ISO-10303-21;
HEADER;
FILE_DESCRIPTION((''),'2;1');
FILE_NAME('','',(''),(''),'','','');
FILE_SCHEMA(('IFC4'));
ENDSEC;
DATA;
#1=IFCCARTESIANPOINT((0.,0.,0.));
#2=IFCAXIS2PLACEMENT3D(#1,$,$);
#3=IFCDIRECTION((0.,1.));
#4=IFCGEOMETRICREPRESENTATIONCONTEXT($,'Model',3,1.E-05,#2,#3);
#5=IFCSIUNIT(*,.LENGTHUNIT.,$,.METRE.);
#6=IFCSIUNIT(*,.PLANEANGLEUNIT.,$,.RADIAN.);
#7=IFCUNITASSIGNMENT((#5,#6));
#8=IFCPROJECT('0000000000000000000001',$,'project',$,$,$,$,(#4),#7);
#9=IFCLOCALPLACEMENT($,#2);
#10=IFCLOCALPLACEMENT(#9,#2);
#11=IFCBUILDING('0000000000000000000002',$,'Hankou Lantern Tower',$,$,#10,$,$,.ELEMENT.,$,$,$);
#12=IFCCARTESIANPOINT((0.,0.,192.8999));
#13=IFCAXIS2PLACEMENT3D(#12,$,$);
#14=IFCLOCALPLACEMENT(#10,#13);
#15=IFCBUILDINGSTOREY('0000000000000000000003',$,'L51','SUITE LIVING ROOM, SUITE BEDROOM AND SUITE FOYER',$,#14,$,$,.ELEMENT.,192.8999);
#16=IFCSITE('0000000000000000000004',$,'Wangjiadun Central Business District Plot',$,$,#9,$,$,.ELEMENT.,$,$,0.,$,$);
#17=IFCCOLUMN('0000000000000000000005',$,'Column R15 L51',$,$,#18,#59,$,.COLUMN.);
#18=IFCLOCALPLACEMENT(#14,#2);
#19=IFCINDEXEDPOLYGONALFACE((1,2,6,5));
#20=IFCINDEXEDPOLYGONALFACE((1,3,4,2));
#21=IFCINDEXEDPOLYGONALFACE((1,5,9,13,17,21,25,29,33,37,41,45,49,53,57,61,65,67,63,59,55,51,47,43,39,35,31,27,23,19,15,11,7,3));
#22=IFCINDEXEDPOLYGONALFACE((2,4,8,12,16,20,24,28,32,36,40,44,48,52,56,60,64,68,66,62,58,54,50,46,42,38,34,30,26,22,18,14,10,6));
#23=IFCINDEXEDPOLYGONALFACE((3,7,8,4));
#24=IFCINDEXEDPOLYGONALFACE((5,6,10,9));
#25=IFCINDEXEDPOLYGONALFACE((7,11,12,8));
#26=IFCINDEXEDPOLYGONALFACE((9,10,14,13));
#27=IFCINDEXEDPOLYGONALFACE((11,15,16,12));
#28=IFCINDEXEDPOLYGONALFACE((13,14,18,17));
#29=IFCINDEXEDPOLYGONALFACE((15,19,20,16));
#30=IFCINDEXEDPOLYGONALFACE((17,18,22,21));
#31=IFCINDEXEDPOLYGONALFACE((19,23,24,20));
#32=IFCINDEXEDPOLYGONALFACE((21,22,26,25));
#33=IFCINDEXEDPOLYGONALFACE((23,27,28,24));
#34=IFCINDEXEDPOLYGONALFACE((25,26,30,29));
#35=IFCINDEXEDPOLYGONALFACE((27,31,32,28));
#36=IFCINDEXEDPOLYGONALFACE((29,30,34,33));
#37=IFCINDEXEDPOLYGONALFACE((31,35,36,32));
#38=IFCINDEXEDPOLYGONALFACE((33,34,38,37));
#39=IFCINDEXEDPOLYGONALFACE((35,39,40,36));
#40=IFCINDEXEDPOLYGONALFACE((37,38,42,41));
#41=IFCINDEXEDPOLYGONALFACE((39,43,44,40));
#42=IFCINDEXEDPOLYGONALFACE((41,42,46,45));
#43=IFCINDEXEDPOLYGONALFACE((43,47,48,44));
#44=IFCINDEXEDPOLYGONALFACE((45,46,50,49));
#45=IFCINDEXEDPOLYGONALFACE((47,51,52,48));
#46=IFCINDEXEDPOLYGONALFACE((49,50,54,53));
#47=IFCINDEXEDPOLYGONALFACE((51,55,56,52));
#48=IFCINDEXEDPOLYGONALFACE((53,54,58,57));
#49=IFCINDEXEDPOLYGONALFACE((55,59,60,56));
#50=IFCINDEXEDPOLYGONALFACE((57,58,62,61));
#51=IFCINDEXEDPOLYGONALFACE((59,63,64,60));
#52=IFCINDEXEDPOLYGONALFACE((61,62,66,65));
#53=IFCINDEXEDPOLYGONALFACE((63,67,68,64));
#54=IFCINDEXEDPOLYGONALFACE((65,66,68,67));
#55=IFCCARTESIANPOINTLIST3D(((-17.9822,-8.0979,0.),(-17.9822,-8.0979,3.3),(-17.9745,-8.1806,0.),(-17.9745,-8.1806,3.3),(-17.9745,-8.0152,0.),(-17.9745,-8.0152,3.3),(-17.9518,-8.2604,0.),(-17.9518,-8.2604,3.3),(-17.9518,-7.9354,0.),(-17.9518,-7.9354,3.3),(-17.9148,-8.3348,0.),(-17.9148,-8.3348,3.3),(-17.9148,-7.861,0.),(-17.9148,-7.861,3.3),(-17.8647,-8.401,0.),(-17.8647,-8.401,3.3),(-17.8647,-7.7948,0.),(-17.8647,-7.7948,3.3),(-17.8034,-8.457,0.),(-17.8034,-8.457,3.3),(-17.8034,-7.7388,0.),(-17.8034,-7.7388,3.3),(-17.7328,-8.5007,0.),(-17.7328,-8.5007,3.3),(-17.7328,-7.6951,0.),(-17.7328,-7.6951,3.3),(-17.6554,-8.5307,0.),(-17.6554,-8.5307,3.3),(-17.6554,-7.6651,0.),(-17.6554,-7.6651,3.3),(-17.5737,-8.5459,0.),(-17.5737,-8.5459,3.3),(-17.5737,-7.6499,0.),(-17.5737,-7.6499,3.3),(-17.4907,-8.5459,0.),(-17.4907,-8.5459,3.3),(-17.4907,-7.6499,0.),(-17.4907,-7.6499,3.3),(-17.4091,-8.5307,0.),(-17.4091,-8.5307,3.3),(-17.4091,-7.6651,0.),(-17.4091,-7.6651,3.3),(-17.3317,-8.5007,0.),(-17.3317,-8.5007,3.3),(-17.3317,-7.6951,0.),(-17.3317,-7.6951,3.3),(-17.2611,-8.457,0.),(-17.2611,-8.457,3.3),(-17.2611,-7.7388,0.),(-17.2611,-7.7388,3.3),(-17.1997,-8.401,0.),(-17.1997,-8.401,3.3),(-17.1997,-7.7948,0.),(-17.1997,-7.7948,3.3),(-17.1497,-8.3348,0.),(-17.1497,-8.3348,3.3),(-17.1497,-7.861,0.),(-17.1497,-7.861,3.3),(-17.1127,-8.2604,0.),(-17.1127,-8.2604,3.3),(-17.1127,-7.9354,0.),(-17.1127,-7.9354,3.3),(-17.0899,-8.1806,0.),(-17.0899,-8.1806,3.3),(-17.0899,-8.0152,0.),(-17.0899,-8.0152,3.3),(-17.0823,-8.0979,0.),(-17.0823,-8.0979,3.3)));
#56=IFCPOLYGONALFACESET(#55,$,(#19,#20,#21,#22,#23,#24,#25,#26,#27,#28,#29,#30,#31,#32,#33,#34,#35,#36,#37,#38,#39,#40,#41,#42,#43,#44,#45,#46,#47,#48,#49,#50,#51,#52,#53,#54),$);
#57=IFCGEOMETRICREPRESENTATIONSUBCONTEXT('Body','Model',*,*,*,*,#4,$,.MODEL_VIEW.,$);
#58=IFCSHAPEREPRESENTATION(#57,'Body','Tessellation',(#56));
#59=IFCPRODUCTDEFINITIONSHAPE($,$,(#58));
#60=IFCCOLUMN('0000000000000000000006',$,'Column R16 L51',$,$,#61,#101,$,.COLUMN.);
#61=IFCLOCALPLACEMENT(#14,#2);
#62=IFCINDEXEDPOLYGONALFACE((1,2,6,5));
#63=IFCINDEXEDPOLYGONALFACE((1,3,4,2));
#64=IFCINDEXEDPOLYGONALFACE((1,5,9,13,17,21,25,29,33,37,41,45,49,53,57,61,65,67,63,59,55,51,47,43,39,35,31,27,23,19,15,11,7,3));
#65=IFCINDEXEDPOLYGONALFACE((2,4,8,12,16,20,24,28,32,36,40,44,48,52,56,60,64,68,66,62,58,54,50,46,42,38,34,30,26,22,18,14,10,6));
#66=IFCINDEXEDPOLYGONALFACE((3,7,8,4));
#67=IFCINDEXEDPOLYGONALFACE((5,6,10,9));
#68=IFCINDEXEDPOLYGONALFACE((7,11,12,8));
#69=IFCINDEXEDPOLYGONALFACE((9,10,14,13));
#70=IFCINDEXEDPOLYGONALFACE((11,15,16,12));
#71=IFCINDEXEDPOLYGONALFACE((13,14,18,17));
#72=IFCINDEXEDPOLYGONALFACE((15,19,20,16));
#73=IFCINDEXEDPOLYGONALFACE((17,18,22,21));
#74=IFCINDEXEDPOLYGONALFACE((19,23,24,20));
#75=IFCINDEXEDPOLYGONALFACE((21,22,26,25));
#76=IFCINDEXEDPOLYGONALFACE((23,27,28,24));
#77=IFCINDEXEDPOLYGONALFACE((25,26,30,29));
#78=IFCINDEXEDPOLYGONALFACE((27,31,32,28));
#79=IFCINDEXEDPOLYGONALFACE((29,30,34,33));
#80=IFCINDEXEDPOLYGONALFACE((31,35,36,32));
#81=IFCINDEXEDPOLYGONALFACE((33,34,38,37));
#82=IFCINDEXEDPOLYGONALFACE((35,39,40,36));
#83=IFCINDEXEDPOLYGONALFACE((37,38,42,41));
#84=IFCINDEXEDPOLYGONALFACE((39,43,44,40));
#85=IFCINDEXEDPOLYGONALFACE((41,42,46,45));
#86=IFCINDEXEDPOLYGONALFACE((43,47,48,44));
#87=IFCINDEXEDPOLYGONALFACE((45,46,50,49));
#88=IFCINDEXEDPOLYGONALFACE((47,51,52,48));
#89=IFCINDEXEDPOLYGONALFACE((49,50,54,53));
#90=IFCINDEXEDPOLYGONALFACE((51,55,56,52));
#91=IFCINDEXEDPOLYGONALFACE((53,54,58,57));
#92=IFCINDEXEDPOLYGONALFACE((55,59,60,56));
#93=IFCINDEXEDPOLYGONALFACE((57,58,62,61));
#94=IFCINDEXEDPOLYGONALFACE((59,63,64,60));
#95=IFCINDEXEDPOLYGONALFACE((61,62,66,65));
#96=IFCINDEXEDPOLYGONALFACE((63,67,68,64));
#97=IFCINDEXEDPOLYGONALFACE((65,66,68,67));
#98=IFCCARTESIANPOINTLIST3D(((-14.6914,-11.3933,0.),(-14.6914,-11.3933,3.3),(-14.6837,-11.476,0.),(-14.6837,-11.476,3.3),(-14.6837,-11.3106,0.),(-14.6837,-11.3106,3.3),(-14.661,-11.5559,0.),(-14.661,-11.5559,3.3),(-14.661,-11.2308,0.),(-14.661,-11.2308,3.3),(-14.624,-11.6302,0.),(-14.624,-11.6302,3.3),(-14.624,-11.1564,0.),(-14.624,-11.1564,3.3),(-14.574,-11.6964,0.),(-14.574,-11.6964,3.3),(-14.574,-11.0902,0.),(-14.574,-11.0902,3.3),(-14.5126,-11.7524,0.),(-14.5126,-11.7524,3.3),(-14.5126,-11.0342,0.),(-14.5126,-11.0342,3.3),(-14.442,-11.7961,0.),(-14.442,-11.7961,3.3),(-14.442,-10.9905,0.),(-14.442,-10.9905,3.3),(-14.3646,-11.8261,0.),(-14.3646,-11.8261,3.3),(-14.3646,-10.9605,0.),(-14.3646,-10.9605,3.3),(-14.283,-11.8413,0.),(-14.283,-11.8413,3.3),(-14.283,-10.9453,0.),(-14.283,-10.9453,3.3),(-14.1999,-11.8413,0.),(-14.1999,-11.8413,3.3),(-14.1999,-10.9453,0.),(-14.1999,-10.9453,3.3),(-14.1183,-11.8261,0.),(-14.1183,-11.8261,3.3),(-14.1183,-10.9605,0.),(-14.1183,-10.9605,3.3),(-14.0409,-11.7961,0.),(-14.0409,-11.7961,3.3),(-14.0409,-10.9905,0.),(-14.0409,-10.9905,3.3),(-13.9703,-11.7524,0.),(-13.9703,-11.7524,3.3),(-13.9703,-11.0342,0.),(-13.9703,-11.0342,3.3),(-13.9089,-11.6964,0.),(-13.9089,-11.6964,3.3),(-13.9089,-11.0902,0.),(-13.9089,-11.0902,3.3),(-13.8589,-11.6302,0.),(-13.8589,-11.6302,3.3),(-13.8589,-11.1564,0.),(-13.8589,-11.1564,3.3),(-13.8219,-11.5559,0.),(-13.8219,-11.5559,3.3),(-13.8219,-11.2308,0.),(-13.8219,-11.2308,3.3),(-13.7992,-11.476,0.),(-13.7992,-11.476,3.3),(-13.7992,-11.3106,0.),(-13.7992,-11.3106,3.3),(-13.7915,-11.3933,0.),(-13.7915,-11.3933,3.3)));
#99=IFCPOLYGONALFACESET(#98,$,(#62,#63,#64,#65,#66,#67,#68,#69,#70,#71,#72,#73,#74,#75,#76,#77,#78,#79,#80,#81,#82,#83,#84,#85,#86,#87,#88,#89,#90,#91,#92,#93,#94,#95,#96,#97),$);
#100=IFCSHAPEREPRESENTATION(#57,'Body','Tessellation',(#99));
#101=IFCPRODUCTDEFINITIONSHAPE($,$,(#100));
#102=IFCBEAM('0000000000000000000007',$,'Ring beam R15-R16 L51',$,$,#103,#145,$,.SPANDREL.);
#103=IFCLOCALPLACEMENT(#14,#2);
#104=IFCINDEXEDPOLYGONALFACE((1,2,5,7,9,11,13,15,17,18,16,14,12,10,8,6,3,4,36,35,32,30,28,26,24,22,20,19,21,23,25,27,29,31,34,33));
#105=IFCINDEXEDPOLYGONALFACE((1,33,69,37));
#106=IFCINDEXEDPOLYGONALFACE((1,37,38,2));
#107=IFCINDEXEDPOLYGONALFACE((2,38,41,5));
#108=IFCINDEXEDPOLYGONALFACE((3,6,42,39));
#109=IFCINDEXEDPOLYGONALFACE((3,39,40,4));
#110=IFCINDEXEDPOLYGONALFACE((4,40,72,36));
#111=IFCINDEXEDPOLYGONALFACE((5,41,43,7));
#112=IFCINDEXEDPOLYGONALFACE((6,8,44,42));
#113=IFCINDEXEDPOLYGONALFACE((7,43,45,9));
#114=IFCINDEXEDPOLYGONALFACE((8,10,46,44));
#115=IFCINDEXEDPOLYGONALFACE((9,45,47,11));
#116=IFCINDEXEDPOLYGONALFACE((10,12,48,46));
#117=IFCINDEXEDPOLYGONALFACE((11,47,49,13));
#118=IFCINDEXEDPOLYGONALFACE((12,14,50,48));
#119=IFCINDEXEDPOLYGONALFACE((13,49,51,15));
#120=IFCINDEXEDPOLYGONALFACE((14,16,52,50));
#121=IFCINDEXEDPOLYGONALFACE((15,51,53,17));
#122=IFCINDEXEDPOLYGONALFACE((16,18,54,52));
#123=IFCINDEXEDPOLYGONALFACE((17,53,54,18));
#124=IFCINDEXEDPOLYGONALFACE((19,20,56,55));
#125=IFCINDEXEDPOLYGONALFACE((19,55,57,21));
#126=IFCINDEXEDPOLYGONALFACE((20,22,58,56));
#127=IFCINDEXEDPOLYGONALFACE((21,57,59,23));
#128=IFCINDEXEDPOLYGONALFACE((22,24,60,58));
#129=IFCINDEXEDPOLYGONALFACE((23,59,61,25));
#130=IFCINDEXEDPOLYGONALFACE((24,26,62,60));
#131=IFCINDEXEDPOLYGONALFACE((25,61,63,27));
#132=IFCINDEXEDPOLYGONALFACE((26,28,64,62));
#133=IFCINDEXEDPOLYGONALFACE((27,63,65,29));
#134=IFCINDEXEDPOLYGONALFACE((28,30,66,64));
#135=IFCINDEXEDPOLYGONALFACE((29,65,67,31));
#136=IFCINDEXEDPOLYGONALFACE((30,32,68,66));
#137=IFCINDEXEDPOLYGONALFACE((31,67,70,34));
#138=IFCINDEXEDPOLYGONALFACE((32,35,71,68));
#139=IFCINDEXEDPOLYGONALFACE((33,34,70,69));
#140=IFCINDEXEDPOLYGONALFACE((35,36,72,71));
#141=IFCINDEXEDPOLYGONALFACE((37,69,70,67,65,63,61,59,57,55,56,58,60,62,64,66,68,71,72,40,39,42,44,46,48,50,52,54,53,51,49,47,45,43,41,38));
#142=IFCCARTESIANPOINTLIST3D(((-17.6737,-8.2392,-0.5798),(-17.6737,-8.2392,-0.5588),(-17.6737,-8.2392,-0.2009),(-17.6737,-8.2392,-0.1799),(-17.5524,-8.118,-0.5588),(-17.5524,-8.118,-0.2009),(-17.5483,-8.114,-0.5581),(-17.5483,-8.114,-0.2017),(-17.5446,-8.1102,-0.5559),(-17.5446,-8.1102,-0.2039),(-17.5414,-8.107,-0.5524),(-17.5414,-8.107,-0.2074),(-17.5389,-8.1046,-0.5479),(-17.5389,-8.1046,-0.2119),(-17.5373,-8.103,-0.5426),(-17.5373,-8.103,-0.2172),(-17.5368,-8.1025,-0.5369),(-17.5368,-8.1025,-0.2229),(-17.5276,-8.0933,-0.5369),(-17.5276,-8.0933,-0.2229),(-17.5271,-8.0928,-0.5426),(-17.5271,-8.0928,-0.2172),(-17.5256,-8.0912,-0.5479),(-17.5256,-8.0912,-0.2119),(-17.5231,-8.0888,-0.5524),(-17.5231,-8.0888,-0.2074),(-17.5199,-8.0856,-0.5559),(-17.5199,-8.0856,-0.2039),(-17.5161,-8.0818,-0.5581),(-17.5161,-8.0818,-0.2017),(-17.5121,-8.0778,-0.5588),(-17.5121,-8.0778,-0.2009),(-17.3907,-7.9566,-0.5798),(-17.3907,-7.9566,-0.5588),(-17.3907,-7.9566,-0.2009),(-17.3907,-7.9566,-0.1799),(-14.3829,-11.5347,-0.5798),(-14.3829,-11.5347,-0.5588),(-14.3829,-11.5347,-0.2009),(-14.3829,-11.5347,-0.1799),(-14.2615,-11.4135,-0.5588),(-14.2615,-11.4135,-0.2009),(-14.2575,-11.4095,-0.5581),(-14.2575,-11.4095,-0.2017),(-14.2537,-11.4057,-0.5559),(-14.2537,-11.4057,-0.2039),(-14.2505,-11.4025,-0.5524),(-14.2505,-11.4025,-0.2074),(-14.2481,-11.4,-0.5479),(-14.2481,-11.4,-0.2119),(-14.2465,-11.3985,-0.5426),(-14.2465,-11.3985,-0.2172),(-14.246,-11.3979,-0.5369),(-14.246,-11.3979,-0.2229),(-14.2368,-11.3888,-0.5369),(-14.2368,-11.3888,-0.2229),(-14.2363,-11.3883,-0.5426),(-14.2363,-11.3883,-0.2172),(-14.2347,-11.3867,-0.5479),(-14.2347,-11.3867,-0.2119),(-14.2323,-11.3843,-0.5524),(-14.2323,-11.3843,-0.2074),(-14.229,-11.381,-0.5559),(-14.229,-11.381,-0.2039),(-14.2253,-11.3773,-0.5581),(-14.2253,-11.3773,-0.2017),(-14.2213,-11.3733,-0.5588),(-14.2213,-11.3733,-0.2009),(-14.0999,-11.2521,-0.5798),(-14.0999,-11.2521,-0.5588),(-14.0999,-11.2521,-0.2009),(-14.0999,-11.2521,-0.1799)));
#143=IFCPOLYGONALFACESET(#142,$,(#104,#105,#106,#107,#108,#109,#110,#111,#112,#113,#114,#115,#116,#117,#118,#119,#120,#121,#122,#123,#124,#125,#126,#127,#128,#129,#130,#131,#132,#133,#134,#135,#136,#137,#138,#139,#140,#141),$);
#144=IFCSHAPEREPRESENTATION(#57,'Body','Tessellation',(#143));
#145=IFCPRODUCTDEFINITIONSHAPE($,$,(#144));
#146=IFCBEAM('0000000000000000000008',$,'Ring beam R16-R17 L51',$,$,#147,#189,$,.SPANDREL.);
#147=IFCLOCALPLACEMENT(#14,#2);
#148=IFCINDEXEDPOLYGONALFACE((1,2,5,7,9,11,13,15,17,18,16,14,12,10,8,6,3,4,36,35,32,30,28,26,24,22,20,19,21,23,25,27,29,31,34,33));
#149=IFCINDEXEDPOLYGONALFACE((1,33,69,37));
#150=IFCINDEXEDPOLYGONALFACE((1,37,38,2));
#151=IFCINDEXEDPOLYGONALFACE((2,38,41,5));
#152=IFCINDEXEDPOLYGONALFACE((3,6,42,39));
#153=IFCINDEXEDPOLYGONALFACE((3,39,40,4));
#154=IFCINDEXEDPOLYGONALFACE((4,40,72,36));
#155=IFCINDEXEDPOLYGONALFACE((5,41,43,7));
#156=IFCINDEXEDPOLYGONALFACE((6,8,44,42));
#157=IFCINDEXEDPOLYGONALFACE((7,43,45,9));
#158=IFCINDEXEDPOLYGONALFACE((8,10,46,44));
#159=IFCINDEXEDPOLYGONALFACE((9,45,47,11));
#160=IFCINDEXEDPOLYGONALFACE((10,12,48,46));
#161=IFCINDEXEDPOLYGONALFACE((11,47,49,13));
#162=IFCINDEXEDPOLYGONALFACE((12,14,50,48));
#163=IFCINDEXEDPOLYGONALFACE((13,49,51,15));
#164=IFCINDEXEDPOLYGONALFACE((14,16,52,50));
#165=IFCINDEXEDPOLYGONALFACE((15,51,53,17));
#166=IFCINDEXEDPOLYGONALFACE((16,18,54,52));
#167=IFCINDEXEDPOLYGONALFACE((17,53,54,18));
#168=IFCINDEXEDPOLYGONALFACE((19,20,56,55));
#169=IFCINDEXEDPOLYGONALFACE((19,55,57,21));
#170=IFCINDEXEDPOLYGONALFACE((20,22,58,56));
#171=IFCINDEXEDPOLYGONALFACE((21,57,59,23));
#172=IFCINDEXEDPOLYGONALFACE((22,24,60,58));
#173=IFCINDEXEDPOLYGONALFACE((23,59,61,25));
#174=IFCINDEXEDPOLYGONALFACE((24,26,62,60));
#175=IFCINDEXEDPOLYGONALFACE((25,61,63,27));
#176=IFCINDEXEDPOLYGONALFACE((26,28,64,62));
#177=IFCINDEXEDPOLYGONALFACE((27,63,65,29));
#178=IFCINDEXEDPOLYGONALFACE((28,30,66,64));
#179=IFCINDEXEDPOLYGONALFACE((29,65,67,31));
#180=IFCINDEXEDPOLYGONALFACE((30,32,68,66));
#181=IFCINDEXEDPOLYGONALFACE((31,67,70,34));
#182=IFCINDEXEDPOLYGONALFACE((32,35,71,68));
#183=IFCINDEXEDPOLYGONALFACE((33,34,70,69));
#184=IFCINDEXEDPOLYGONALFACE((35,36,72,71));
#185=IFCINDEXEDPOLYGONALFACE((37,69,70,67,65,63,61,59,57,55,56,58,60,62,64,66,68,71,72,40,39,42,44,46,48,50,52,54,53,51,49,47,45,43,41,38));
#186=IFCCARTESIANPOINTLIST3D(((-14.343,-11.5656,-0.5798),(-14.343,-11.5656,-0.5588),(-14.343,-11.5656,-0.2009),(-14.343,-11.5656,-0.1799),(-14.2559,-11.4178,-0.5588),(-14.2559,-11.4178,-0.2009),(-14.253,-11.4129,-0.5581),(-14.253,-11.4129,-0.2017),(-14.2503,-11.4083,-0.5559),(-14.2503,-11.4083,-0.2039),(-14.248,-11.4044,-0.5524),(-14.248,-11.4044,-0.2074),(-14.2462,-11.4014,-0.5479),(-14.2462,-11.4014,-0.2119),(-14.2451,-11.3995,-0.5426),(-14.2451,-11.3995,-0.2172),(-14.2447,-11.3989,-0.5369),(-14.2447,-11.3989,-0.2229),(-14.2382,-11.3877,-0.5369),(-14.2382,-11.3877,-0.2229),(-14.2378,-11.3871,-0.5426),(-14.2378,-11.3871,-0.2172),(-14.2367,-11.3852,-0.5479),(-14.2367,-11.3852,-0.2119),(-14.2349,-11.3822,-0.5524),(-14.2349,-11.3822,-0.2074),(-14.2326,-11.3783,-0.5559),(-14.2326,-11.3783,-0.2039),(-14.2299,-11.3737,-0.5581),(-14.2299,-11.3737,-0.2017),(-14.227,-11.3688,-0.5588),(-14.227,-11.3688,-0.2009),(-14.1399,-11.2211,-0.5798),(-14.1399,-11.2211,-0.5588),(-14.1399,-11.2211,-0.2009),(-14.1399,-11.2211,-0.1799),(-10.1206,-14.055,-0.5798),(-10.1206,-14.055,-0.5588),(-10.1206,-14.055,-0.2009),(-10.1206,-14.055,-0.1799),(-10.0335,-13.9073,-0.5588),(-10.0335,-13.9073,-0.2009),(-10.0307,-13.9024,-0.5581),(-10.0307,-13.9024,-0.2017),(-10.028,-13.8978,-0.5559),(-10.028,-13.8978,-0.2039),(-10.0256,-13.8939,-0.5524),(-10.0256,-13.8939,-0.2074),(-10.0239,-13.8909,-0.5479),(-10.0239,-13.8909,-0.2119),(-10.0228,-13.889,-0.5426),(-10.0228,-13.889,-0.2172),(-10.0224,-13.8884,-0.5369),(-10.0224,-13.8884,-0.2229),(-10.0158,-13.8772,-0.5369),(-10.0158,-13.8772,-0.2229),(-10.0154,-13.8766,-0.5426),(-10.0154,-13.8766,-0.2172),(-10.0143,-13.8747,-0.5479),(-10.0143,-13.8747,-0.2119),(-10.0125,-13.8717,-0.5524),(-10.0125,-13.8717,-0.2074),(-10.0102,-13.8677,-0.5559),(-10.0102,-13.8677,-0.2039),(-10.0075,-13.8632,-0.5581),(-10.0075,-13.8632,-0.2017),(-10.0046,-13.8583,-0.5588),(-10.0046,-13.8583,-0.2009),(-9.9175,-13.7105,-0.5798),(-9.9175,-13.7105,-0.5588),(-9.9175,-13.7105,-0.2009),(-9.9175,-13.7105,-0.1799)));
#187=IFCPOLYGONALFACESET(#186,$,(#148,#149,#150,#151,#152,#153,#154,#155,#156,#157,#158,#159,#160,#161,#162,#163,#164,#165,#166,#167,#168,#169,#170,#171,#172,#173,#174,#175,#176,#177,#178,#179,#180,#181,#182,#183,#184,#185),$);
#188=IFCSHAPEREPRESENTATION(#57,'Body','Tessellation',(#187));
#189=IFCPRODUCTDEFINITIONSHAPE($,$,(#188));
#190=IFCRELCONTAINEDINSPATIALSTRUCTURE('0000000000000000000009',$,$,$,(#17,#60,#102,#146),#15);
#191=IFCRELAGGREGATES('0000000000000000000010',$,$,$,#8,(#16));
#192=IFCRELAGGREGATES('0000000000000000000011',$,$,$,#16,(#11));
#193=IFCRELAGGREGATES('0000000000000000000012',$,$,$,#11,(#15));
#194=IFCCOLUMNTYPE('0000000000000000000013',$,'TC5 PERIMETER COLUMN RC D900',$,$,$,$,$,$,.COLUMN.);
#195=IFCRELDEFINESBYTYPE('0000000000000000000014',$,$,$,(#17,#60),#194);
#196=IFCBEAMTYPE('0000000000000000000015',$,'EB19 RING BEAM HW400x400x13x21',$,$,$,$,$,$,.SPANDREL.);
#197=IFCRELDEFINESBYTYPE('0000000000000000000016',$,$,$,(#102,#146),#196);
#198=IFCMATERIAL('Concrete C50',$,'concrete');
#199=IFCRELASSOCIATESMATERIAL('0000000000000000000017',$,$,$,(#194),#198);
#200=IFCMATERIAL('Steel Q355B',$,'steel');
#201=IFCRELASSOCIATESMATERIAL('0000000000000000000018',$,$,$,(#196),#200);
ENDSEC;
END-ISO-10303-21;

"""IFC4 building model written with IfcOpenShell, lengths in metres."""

from ifc_helpers import new_model, si_unit, direction, frame, origin, origin_2d, place, context, subcontext, project, spatial, circle, i_section, extrude, material, material_profile, profile_set, type_object, element, save


model = new_model("IFC4")

# Units and contexts
model_context = context("Model", 3, precision=1e-05, world=origin(), true_north=direction((0.0, 1.0)))
body_context = subcontext(model_context, "Body", "Model", "MODEL_VIEW")
ifc_project = project(units=[si_unit("LENGTHUNIT", "METRE"), si_unit("PLANEANGLEUNIT", "RADIAN")], contexts=[model_context])

# Site, building, storey
site_placement = place(None, origin())
site = spatial("IfcSite", under=ifc_project, at=site_placement, Name="Wangjiadun Central Business District Plot", CompositionType="ELEMENT", RefElevation=0.0)
building_placement = place(site_placement, origin())
building = spatial("IfcBuilding", under=site, at=building_placement, Name="Hankou Lantern Tower", CompositionType="ELEMENT")
storey_placement = place(building_placement, frame((0.0, 0.0, 192.8999)))
storey = spatial("IfcBuildingStorey", under=building, at=storey_placement, Name="L51", Description="SUITE LIVING ROOM, SUITE BEDROOM AND SUITE FOYER", CompositionType="ELEMENT", Elevation=192.8999)

# Columns
ifc_material_1 = material(Name="Concrete C50", Category="concrete")
ifc_material_profile_1 = material_profile(ifc_material_1, circle(Radius=0.45, at=origin_2d()), Name="RC D900")
ifc_profile_set_1 = profile_set([ifc_material_profile_1], Name="Concrete C50")
column_type = type_object("IfcColumnType", Name="TC5 PERIMETER COLUMN RC D900", PredefinedType="COLUMN", material=ifc_profile_set_1)
for number, where, z_axis, x_axis, name in (
    (1, (-17.5322, -8.0979, 0.0), (0.0, 0.0, 1.0), (1.0, 0.0, 0.0), "Column R15 L51"),
    (2, (-14.2415, -11.3933, 0.0), (0.0, 0.0, 1.0), (1.0, 0.0, 0.0), "Column R16 L51"),
):
    element("IfcColumn", number, at=place(storey_placement, frame(where, z_axis=z_axis, x_axis=x_axis)), inside=storey, type_object=column_type, Name=name, PredefinedType="COLUMN", context=body_context, shape_type="SweptSolid", body=[
        extrude(circle(Radius=0.45, at=origin_2d()), origin(), (0.0, 0.0, 1.0), 3.3),
    ])

# Beams
ifc_material_2 = material(Name="Steel Q355B", Category="steel")
ifc_material_profile_2 = material_profile(ifc_material_2, i_section(OverallWidth=0.3999, OverallDepth=0.3999, WebThickness=0.0129, FlangeThickness=0.021, FilletRadius=0.022, at=origin_2d()), Name="HW400x400x13x21")
ifc_profile_set_2 = profile_set([ifc_material_profile_2], Name="Steel Q355B")
beam_type_1 = type_object("IfcBeamType", Name="EB19 RING BEAM HW400x400x13x21", PredefinedType="SPANDREL", material=ifc_profile_set_2)
beam_1_placement = place(storey_placement, frame((-17.5322, -8.0979, -0.3799), z_axis=(0.706609, -0.707605, 0.0), x_axis=(0.707605, 0.706609, 0.0)))
element("IfcBeam", 3, at=beam_1_placement, inside=storey, type_object=beam_type_1, Name="Ring beam R15-R16 L51", PredefinedType="SPANDREL", context=body_context, shape_type="SweptSolid", body=[
    extrude(i_section(OverallWidth=0.3999, OverallDepth=0.3999, WebThickness=0.0129, FlangeThickness=0.021, FilletRadius=0.022, at=origin_2d()), origin(), (0.0, 0.0, 1.0), 4.6572),
])
beam_2_placement = place(storey_placement, frame((-14.2415, -11.3933, -0.3799), z_axis=(0.861423, -0.507888, 0.0), x_axis=(0.507888, 0.861423, 0.0)))
element("IfcBeam", 4, at=beam_2_placement, inside=storey, type_object=beam_type_1, Name="Ring beam R16-R17 L51", PredefinedType="SPANDREL", context=body_context, shape_type="SweptSolid", body=[
    extrude(i_section(OverallWidth=0.3999, OverallDepth=0.3999, WebThickness=0.0129, FlangeThickness=0.021, FilletRadius=0.022, at=origin_2d()), origin(), (0.0, 0.0, 1.0), 4.9016),
])

save(model, "model.ifc")
